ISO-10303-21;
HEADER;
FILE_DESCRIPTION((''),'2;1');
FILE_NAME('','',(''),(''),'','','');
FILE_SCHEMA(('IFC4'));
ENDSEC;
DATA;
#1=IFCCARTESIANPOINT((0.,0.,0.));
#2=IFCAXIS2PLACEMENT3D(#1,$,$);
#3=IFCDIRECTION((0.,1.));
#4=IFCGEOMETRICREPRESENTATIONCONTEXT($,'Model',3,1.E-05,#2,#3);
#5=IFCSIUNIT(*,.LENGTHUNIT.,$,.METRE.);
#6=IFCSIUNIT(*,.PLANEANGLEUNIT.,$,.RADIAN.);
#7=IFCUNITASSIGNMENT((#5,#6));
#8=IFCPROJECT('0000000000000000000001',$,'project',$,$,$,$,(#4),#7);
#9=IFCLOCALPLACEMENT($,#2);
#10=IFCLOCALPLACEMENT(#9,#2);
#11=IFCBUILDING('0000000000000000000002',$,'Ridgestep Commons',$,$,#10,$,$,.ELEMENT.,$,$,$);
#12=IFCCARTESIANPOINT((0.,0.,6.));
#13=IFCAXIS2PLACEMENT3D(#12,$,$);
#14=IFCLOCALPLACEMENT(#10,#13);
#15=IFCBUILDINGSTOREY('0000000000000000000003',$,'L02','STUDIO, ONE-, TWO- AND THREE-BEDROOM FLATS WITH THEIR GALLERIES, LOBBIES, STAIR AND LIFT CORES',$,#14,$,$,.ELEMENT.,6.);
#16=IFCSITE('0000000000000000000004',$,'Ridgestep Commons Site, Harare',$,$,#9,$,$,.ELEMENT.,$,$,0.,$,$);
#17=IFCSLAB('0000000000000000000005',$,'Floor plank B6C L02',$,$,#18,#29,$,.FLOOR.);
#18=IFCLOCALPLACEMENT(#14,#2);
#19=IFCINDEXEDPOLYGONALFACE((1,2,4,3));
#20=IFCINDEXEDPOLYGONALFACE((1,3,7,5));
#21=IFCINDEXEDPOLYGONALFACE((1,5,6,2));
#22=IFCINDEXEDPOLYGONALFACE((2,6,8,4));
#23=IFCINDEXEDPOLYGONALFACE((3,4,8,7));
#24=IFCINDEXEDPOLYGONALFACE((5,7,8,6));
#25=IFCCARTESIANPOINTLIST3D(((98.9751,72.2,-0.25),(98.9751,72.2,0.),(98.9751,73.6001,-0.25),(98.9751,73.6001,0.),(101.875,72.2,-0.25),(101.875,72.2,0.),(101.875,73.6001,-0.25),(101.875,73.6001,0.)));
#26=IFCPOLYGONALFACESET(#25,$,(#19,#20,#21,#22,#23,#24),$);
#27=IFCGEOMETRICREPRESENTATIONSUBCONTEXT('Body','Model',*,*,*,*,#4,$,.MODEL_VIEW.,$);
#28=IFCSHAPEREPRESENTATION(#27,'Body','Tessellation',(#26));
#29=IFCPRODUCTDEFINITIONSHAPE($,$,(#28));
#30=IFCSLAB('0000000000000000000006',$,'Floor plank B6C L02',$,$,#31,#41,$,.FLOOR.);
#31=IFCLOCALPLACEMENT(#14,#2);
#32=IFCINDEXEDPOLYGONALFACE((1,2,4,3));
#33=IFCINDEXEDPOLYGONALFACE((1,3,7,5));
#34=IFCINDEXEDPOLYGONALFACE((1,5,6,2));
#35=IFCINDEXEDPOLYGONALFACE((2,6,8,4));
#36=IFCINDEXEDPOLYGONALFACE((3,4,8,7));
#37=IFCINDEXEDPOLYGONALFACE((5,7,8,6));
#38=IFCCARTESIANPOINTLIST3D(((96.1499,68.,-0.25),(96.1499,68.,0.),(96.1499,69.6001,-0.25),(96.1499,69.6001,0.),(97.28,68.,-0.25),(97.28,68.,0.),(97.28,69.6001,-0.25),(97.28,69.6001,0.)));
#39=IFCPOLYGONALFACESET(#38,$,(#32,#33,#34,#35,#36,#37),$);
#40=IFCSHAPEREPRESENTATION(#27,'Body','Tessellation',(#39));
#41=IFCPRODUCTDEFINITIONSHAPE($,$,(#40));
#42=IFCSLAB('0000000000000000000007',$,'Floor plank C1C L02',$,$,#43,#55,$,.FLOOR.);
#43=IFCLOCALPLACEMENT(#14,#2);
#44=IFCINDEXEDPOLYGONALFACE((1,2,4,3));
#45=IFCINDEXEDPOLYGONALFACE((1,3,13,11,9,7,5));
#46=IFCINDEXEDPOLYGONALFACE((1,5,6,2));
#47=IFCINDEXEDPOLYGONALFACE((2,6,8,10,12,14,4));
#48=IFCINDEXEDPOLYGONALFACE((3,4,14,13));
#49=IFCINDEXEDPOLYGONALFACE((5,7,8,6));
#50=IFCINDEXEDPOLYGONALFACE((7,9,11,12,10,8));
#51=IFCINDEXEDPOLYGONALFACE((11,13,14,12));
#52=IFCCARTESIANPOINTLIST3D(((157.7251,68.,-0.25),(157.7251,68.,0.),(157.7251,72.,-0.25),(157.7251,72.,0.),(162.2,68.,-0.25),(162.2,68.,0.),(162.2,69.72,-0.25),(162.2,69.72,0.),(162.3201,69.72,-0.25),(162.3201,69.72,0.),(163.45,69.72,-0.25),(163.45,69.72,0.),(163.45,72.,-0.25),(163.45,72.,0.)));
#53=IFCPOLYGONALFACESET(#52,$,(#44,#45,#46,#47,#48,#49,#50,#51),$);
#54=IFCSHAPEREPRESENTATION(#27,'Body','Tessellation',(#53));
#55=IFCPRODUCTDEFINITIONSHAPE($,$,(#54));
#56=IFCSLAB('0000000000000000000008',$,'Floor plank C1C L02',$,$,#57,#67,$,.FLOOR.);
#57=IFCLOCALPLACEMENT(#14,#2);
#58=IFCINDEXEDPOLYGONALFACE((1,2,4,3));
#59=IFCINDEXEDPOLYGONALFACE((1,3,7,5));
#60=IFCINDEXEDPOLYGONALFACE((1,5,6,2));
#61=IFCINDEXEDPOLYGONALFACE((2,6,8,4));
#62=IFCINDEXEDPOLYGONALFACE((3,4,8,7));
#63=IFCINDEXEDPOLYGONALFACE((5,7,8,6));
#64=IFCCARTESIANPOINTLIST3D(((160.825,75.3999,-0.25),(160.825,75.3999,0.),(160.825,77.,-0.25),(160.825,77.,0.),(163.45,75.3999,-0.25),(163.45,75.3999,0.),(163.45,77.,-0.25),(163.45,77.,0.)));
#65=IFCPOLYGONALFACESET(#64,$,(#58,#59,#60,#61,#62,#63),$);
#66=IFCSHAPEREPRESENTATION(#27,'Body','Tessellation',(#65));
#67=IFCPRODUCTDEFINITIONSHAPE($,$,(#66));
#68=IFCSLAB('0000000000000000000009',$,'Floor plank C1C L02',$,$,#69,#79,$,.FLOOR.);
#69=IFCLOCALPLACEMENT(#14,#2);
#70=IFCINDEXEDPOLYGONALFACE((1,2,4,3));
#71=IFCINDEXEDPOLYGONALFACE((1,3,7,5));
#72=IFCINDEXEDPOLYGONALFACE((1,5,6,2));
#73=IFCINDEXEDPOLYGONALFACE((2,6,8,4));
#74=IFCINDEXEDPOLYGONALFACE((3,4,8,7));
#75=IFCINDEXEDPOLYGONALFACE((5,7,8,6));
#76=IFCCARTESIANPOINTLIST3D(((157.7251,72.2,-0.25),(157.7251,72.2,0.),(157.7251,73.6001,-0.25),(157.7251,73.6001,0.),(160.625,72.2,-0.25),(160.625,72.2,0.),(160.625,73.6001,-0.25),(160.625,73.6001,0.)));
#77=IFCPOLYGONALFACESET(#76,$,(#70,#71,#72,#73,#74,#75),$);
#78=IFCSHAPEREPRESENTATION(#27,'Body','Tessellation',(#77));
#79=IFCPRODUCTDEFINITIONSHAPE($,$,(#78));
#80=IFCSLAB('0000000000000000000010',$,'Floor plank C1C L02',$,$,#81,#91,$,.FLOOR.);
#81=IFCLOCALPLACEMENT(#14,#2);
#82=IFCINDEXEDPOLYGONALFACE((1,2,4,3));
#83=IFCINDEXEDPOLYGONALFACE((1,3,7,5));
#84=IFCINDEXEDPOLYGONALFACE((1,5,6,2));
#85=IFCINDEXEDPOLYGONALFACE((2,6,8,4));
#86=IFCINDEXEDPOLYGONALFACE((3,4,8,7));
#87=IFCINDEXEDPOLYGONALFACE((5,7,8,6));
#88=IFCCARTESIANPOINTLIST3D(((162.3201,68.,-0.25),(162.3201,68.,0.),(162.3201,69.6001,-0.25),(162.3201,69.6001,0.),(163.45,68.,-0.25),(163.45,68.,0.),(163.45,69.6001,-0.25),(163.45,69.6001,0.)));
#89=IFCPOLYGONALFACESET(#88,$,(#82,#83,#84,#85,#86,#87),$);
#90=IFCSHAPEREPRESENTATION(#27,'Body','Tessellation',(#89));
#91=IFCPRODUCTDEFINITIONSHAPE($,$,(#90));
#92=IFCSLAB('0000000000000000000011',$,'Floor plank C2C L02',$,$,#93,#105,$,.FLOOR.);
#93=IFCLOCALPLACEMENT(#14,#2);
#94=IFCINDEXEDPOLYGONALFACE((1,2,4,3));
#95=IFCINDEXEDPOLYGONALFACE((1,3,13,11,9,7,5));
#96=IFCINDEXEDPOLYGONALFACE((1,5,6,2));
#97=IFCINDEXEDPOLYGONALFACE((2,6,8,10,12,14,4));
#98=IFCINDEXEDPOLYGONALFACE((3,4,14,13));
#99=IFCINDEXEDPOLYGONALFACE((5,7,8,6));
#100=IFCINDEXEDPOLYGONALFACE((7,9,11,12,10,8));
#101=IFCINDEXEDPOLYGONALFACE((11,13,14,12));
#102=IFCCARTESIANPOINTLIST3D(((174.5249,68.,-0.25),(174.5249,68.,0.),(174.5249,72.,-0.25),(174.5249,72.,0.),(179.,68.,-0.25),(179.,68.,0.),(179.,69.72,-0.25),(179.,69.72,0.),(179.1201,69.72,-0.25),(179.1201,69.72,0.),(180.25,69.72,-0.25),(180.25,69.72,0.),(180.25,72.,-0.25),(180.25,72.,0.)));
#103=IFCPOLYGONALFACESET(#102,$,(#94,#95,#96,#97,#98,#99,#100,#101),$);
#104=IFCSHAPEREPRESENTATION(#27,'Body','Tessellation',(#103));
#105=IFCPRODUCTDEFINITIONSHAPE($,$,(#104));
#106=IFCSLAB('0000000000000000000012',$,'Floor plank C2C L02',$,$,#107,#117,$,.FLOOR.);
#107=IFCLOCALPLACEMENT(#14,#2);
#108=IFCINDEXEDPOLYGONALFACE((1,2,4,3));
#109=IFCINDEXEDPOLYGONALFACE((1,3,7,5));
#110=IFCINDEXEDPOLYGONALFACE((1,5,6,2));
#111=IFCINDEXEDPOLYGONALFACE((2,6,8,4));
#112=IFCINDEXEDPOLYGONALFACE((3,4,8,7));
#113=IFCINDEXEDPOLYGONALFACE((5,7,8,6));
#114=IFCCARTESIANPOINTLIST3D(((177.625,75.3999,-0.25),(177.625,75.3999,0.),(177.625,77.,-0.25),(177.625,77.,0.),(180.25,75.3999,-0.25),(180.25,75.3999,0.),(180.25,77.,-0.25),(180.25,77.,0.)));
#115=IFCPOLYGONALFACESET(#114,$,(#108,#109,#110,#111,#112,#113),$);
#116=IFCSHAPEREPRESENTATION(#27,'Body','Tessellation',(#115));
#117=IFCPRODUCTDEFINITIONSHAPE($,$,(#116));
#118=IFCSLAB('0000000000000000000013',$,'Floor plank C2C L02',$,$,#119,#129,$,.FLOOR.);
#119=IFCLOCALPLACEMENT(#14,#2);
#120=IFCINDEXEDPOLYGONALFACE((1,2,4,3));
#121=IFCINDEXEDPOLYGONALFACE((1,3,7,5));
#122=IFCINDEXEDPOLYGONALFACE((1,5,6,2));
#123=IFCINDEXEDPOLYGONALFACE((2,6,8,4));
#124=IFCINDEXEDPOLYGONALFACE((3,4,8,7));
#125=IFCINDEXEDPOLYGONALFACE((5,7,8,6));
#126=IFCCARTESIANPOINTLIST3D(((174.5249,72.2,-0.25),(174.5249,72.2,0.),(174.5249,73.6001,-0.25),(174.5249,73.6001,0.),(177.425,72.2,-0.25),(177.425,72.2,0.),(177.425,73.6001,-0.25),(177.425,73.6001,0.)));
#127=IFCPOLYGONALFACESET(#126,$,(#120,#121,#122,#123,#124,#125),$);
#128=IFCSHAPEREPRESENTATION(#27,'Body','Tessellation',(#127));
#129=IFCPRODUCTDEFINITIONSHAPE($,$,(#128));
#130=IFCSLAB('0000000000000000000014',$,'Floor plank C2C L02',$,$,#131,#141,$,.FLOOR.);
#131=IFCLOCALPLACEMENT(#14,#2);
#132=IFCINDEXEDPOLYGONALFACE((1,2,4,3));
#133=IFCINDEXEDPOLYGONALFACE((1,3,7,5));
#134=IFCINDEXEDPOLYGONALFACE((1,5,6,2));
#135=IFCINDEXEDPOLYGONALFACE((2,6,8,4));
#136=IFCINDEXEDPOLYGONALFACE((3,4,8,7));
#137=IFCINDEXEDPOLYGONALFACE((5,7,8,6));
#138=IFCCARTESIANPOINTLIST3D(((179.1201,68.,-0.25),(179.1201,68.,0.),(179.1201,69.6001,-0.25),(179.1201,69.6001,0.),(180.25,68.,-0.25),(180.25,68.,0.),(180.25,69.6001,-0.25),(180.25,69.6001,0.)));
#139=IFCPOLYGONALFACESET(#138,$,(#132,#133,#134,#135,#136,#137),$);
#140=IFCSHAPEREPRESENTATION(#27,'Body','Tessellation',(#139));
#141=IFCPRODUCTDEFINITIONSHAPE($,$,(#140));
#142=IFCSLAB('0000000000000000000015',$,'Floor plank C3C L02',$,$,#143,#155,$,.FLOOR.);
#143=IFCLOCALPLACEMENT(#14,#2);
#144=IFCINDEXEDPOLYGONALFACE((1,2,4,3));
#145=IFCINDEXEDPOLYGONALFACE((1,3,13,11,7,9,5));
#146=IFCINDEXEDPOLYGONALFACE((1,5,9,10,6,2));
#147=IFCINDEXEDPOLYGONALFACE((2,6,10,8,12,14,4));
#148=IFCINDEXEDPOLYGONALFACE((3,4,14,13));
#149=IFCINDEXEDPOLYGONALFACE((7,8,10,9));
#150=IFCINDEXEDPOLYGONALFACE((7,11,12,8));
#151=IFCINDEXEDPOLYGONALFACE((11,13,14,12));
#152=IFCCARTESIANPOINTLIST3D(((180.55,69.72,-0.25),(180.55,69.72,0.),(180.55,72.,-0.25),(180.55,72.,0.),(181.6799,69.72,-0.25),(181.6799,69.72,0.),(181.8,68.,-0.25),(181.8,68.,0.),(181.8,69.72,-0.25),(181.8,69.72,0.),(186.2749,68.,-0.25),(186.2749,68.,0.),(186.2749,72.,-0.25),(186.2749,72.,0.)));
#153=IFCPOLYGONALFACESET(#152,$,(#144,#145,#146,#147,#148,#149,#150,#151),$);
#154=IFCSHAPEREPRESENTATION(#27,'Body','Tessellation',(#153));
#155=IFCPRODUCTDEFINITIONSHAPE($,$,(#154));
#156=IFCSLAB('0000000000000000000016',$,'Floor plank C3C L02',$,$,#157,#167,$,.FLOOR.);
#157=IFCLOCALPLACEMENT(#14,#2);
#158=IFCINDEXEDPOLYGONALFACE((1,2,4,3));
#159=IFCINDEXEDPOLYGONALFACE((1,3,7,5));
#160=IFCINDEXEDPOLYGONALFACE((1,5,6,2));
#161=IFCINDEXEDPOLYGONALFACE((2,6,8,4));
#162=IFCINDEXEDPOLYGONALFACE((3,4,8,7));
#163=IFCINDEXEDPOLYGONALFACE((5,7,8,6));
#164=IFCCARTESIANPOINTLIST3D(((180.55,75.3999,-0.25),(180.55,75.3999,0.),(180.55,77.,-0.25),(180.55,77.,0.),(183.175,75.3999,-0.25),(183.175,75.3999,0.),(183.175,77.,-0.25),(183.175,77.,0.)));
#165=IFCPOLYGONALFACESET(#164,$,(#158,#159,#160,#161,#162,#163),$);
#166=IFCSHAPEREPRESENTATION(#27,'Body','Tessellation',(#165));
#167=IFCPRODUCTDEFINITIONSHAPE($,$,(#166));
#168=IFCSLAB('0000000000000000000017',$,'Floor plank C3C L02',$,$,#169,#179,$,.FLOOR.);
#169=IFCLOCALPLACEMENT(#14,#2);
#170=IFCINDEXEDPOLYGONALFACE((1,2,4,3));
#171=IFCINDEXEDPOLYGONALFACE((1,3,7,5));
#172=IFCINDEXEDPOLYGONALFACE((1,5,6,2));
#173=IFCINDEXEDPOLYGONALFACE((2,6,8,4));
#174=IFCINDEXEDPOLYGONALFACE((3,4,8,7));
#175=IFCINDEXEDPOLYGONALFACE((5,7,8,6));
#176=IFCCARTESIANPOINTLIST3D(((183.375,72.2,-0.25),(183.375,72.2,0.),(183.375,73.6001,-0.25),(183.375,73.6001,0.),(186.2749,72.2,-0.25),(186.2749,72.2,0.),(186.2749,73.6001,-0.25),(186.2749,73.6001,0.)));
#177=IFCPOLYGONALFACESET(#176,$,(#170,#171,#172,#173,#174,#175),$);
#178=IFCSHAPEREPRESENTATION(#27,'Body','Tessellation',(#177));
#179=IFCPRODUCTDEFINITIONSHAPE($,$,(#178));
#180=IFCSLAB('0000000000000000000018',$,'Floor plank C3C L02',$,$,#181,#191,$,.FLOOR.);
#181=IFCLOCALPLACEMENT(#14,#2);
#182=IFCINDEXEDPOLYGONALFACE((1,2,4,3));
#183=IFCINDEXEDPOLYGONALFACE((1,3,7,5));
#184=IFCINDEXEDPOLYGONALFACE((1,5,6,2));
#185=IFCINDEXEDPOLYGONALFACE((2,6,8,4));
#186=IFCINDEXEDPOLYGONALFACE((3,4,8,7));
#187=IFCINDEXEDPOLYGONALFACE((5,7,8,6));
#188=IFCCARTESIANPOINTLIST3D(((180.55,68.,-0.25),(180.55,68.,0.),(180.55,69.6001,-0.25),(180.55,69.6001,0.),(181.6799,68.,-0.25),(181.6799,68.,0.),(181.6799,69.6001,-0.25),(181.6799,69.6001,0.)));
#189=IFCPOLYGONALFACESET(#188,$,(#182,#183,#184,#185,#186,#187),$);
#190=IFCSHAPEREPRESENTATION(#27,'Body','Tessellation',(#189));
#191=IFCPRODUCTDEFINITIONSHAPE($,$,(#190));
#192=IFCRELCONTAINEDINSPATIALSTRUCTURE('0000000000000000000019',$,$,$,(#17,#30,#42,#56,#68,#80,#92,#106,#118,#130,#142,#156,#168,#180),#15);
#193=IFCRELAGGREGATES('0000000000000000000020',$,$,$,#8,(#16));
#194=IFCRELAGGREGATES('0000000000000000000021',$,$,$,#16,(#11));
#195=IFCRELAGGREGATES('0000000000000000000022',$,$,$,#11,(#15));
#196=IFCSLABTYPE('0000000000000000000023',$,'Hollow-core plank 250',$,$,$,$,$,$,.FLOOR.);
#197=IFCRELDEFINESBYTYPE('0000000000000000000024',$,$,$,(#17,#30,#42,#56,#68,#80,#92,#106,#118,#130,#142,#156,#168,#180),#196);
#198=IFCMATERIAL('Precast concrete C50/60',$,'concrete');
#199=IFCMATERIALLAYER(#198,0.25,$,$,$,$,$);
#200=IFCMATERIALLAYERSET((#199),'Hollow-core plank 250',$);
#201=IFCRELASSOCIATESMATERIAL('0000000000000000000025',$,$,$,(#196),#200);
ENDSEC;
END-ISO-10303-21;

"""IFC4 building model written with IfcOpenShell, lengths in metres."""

from ifc_helpers import new_model, si_unit, direction, frame, origin, place, context, subcontext, project, spatial, polyline, outline, extrude, material, layer, layer_set, type_object, element, save


model = new_model("IFC4")

# Units and contexts
model_context = context("Model", 3, precision=1e-05, world=origin(), true_north=direction((0.0, 1.0)))
body_context = subcontext(model_context, "Body", "Model", "MODEL_VIEW")
ifc_project = project(units=[si_unit("LENGTHUNIT", "METRE"), si_unit("PLANEANGLEUNIT", "RADIAN")], contexts=[model_context])

# Site, building, storey
site_placement = place(None, origin())
site = spatial("IfcSite", under=ifc_project, at=site_placement, Name="Ridgestep Commons Site, Harare", CompositionType="ELEMENT", RefElevation=0.0)
building_placement = place(site_placement, origin())
building = spatial("IfcBuilding", under=site, at=building_placement, Name="Ridgestep Commons", CompositionType="ELEMENT")
storey_placement = place(building_placement, frame((0.0, 0.0, 6.0)))
storey = spatial("IfcBuildingStorey", under=building, at=storey_placement, Name="L02", Description="STUDIO, ONE-, TWO- AND THREE-BEDROOM FLATS WITH THEIR GALLERIES, LOBBIES, STAIR AND LIFT CORES", CompositionType="ELEMENT", Elevation=6.0)

# Slabs
ifc_material = material(Name="Precast concrete C50/60", Category="concrete")
ifc_layer = layer(ifc_material, 0.25)
ifc_layer_set = layer_set([ifc_layer], Name="Hollow-core plank 250")
slab_type = type_object("IfcSlabType", Name="Hollow-core plank 250", PredefinedType="FLOOR", material=ifc_layer_set)
slab_1_placement = place(storey_placement, frame((0.0, 0.0, -0.25)))
element("IfcSlab", 1, at=slab_1_placement, inside=storey, type_object=slab_type, Name="Floor plank B6C L02", PredefinedType="FLOOR", context=body_context, shape_type="SweptSolid", body=[
    extrude(outline(polyline([(101.875, 72.2), (101.875, 73.6001), (98.9751, 73.6001), (98.9751, 72.2), (101.875, 72.2)])), origin(), (0.0, 0.0, 1.0), 0.25),
])
slab_2_placement = place(storey_placement, frame((0.0, 0.0, -0.25)))
element("IfcSlab", 2, at=slab_2_placement, inside=storey, type_object=slab_type, Name="Floor plank B6C L02", PredefinedType="FLOOR", context=body_context, shape_type="SweptSolid", body=[
    extrude(outline(polyline([(97.28, 69.6001), (96.1499, 69.6001), (96.1499, 68.0), (97.28, 68.0), (97.28, 69.6001)])), origin(), (0.0, 0.0, 1.0), 0.25),
])
slab_3_placement = place(storey_placement, frame((0.0, 0.0, -0.25)))
element("IfcSlab", 3, at=slab_3_placement, inside=storey, type_object=slab_type, Name="Floor plank C1C L02", PredefinedType="FLOOR", context=body_context, shape_type="SweptSolid", body=[
    extrude(outline(polyline([(162.3201, 69.72), (163.45, 69.72), (163.45, 72.0), (157.7251, 72.0), (157.7251, 68.0), (162.2, 68.0), (162.2, 69.72), (162.3201, 69.72)])), origin(), (0.0, 0.0, 1.0), 0.25),
])
slab_4_placement = place(storey_placement, frame((0.0, 0.0, -0.25)))
element("IfcSlab", 4, at=slab_4_placement, inside=storey, type_object=slab_type, Name="Floor plank C1C L02", PredefinedType="FLOOR", context=body_context, shape_type="SweptSolid", body=[
    extrude(outline(polyline([(163.45, 75.3999), (163.45, 77.0), (160.825, 77.0), (160.825, 75.3999), (163.45, 75.3999)])), origin(), (0.0, 0.0, 1.0), 0.25),
])
slab_5_placement = place(storey_placement, frame((0.0, 0.0, -0.25)))
element("IfcSlab", 5, at=slab_5_placement, inside=storey, type_object=slab_type, Name="Floor plank C1C L02", PredefinedType="FLOOR", context=body_context, shape_type="SweptSolid", body=[
    extrude(outline(polyline([(160.625, 72.2), (160.625, 73.6001), (157.7251, 73.6001), (157.7251, 72.2), (160.625, 72.2)])), origin(), (0.0, 0.0, 1.0), 0.25),
])
slab_6_placement = place(storey_placement, frame((0.0, 0.0, -0.25)))
element("IfcSlab", 6, at=slab_6_placement, inside=storey, type_object=slab_type, Name="Floor plank C1C L02", PredefinedType="FLOOR", context=body_context, shape_type="SweptSolid", body=[
    extrude(outline(polyline([(162.3201, 68.0), (163.45, 68.0), (163.45, 69.6001), (162.3201, 69.6001), (162.3201, 68.0)])), origin(), (0.0, 0.0, 1.0), 0.25),
])
slab_7_placement = place(storey_placement, frame((0.0, 0.0, -0.25)))
element("IfcSlab", 7, at=slab_7_placement, inside=storey, type_object=slab_type, Name="Floor plank C2C L02", PredefinedType="FLOOR", context=body_context, shape_type="SweptSolid", body=[
    extrude(outline(polyline([(179.1201, 69.72), (180.25, 69.72), (180.25, 72.0), (174.5249, 72.0), (174.5249, 68.0), (179.0, 68.0), (179.0, 69.72), (179.1201, 69.72)])), origin(), (0.0, 0.0, 1.0), 0.25),
])
slab_8_placement = place(storey_placement, frame((0.0, 0.0, -0.25)))
element("IfcSlab", 8, at=slab_8_placement, inside=storey, type_object=slab_type, Name="Floor plank C2C L02", PredefinedType="FLOOR", context=body_context, shape_type="SweptSolid", body=[
    extrude(outline(polyline([(180.25, 75.3999), (180.25, 77.0), (177.625, 77.0), (177.625, 75.3999), (180.25, 75.3999)])), origin(), (0.0, 0.0, 1.0), 0.25),
])
slab_9_placement = place(storey_placement, frame((0.0, 0.0, -0.25)))
element("IfcSlab", 9, at=slab_9_placement, inside=storey, type_object=slab_type, Name="Floor plank C2C L02", PredefinedType="FLOOR", context=body_context, shape_type="SweptSolid", body=[
    extrude(outline(polyline([(177.425, 72.2), (177.425, 73.6001), (174.5249, 73.6001), (174.5249, 72.2), (177.425, 72.2)])), origin(), (0.0, 0.0, 1.0), 0.25),
])
slab_10_placement = place(storey_placement, frame((0.0, 0.0, -0.25)))
element("IfcSlab", 10, at=slab_10_placement, inside=storey, type_object=slab_type, Name="Floor plank C2C L02", PredefinedType="FLOOR", context=body_context, shape_type="SweptSolid", body=[
    extrude(outline(polyline([(179.1201, 68.0), (180.25, 68.0), (180.25, 69.6001), (179.1201, 69.6001), (179.1201, 68.0)])), origin(), (0.0, 0.0, 1.0), 0.25),
])
slab_11_placement = place(storey_placement, frame((0.0, 0.0, -0.25)))
element("IfcSlab", 11, at=slab_11_placement, inside=storey, type_object=slab_type, Name="Floor plank C3C L02", PredefinedType="FLOOR", context=body_context, shape_type="SweptSolid", body=[
    extrude(outline(polyline([(181.8, 68.0), (186.2749, 68.0), (186.2749, 72.0), (180.55, 72.0), (180.55, 69.72), (181.6799, 69.72), (181.8, 69.72), (181.8, 68.0)])), origin(), (0.0, 0.0, 1.0), 0.25),
])
slab_12_placement = place(storey_placement, frame((0.0, 0.0, -0.25)))
element("IfcSlab", 12, at=slab_12_placement, inside=storey, type_object=slab_type, Name="Floor plank C3C L02", PredefinedType="FLOOR", context=body_context, shape_type="SweptSolid", body=[
    extrude(outline(polyline([(183.175, 77.0), (180.55, 77.0), (180.55, 75.3999), (183.175, 75.3999), (183.175, 77.0)])), origin(), (0.0, 0.0, 1.0), 0.25),
])
slab_13_placement = place(storey_placement, frame((0.0, 0.0, -0.25)))
element("IfcSlab", 13, at=slab_13_placement, inside=storey, type_object=slab_type, Name="Floor plank C3C L02", PredefinedType="FLOOR", context=body_context, shape_type="SweptSolid", body=[
    extrude(outline(polyline([(186.2749, 72.2), (186.2749, 73.6001), (183.375, 73.6001), (183.375, 72.2), (186.2749, 72.2)])), origin(), (0.0, 0.0, 1.0), 0.25),
])
slab_14_placement = place(storey_placement, frame((0.0, 0.0, -0.25)))
element("IfcSlab", 14, at=slab_14_placement, inside=storey, type_object=slab_type, Name="Floor plank C3C L02", PredefinedType="FLOOR", context=body_context, shape_type="SweptSolid", body=[
    extrude(outline(polyline([(181.6799, 69.6001), (180.55, 69.6001), (180.55, 68.0), (181.6799, 68.0), (181.6799, 69.6001)])), origin(), (0.0, 0.0, 1.0), 0.25),
])

save(model, "model.ifc")
